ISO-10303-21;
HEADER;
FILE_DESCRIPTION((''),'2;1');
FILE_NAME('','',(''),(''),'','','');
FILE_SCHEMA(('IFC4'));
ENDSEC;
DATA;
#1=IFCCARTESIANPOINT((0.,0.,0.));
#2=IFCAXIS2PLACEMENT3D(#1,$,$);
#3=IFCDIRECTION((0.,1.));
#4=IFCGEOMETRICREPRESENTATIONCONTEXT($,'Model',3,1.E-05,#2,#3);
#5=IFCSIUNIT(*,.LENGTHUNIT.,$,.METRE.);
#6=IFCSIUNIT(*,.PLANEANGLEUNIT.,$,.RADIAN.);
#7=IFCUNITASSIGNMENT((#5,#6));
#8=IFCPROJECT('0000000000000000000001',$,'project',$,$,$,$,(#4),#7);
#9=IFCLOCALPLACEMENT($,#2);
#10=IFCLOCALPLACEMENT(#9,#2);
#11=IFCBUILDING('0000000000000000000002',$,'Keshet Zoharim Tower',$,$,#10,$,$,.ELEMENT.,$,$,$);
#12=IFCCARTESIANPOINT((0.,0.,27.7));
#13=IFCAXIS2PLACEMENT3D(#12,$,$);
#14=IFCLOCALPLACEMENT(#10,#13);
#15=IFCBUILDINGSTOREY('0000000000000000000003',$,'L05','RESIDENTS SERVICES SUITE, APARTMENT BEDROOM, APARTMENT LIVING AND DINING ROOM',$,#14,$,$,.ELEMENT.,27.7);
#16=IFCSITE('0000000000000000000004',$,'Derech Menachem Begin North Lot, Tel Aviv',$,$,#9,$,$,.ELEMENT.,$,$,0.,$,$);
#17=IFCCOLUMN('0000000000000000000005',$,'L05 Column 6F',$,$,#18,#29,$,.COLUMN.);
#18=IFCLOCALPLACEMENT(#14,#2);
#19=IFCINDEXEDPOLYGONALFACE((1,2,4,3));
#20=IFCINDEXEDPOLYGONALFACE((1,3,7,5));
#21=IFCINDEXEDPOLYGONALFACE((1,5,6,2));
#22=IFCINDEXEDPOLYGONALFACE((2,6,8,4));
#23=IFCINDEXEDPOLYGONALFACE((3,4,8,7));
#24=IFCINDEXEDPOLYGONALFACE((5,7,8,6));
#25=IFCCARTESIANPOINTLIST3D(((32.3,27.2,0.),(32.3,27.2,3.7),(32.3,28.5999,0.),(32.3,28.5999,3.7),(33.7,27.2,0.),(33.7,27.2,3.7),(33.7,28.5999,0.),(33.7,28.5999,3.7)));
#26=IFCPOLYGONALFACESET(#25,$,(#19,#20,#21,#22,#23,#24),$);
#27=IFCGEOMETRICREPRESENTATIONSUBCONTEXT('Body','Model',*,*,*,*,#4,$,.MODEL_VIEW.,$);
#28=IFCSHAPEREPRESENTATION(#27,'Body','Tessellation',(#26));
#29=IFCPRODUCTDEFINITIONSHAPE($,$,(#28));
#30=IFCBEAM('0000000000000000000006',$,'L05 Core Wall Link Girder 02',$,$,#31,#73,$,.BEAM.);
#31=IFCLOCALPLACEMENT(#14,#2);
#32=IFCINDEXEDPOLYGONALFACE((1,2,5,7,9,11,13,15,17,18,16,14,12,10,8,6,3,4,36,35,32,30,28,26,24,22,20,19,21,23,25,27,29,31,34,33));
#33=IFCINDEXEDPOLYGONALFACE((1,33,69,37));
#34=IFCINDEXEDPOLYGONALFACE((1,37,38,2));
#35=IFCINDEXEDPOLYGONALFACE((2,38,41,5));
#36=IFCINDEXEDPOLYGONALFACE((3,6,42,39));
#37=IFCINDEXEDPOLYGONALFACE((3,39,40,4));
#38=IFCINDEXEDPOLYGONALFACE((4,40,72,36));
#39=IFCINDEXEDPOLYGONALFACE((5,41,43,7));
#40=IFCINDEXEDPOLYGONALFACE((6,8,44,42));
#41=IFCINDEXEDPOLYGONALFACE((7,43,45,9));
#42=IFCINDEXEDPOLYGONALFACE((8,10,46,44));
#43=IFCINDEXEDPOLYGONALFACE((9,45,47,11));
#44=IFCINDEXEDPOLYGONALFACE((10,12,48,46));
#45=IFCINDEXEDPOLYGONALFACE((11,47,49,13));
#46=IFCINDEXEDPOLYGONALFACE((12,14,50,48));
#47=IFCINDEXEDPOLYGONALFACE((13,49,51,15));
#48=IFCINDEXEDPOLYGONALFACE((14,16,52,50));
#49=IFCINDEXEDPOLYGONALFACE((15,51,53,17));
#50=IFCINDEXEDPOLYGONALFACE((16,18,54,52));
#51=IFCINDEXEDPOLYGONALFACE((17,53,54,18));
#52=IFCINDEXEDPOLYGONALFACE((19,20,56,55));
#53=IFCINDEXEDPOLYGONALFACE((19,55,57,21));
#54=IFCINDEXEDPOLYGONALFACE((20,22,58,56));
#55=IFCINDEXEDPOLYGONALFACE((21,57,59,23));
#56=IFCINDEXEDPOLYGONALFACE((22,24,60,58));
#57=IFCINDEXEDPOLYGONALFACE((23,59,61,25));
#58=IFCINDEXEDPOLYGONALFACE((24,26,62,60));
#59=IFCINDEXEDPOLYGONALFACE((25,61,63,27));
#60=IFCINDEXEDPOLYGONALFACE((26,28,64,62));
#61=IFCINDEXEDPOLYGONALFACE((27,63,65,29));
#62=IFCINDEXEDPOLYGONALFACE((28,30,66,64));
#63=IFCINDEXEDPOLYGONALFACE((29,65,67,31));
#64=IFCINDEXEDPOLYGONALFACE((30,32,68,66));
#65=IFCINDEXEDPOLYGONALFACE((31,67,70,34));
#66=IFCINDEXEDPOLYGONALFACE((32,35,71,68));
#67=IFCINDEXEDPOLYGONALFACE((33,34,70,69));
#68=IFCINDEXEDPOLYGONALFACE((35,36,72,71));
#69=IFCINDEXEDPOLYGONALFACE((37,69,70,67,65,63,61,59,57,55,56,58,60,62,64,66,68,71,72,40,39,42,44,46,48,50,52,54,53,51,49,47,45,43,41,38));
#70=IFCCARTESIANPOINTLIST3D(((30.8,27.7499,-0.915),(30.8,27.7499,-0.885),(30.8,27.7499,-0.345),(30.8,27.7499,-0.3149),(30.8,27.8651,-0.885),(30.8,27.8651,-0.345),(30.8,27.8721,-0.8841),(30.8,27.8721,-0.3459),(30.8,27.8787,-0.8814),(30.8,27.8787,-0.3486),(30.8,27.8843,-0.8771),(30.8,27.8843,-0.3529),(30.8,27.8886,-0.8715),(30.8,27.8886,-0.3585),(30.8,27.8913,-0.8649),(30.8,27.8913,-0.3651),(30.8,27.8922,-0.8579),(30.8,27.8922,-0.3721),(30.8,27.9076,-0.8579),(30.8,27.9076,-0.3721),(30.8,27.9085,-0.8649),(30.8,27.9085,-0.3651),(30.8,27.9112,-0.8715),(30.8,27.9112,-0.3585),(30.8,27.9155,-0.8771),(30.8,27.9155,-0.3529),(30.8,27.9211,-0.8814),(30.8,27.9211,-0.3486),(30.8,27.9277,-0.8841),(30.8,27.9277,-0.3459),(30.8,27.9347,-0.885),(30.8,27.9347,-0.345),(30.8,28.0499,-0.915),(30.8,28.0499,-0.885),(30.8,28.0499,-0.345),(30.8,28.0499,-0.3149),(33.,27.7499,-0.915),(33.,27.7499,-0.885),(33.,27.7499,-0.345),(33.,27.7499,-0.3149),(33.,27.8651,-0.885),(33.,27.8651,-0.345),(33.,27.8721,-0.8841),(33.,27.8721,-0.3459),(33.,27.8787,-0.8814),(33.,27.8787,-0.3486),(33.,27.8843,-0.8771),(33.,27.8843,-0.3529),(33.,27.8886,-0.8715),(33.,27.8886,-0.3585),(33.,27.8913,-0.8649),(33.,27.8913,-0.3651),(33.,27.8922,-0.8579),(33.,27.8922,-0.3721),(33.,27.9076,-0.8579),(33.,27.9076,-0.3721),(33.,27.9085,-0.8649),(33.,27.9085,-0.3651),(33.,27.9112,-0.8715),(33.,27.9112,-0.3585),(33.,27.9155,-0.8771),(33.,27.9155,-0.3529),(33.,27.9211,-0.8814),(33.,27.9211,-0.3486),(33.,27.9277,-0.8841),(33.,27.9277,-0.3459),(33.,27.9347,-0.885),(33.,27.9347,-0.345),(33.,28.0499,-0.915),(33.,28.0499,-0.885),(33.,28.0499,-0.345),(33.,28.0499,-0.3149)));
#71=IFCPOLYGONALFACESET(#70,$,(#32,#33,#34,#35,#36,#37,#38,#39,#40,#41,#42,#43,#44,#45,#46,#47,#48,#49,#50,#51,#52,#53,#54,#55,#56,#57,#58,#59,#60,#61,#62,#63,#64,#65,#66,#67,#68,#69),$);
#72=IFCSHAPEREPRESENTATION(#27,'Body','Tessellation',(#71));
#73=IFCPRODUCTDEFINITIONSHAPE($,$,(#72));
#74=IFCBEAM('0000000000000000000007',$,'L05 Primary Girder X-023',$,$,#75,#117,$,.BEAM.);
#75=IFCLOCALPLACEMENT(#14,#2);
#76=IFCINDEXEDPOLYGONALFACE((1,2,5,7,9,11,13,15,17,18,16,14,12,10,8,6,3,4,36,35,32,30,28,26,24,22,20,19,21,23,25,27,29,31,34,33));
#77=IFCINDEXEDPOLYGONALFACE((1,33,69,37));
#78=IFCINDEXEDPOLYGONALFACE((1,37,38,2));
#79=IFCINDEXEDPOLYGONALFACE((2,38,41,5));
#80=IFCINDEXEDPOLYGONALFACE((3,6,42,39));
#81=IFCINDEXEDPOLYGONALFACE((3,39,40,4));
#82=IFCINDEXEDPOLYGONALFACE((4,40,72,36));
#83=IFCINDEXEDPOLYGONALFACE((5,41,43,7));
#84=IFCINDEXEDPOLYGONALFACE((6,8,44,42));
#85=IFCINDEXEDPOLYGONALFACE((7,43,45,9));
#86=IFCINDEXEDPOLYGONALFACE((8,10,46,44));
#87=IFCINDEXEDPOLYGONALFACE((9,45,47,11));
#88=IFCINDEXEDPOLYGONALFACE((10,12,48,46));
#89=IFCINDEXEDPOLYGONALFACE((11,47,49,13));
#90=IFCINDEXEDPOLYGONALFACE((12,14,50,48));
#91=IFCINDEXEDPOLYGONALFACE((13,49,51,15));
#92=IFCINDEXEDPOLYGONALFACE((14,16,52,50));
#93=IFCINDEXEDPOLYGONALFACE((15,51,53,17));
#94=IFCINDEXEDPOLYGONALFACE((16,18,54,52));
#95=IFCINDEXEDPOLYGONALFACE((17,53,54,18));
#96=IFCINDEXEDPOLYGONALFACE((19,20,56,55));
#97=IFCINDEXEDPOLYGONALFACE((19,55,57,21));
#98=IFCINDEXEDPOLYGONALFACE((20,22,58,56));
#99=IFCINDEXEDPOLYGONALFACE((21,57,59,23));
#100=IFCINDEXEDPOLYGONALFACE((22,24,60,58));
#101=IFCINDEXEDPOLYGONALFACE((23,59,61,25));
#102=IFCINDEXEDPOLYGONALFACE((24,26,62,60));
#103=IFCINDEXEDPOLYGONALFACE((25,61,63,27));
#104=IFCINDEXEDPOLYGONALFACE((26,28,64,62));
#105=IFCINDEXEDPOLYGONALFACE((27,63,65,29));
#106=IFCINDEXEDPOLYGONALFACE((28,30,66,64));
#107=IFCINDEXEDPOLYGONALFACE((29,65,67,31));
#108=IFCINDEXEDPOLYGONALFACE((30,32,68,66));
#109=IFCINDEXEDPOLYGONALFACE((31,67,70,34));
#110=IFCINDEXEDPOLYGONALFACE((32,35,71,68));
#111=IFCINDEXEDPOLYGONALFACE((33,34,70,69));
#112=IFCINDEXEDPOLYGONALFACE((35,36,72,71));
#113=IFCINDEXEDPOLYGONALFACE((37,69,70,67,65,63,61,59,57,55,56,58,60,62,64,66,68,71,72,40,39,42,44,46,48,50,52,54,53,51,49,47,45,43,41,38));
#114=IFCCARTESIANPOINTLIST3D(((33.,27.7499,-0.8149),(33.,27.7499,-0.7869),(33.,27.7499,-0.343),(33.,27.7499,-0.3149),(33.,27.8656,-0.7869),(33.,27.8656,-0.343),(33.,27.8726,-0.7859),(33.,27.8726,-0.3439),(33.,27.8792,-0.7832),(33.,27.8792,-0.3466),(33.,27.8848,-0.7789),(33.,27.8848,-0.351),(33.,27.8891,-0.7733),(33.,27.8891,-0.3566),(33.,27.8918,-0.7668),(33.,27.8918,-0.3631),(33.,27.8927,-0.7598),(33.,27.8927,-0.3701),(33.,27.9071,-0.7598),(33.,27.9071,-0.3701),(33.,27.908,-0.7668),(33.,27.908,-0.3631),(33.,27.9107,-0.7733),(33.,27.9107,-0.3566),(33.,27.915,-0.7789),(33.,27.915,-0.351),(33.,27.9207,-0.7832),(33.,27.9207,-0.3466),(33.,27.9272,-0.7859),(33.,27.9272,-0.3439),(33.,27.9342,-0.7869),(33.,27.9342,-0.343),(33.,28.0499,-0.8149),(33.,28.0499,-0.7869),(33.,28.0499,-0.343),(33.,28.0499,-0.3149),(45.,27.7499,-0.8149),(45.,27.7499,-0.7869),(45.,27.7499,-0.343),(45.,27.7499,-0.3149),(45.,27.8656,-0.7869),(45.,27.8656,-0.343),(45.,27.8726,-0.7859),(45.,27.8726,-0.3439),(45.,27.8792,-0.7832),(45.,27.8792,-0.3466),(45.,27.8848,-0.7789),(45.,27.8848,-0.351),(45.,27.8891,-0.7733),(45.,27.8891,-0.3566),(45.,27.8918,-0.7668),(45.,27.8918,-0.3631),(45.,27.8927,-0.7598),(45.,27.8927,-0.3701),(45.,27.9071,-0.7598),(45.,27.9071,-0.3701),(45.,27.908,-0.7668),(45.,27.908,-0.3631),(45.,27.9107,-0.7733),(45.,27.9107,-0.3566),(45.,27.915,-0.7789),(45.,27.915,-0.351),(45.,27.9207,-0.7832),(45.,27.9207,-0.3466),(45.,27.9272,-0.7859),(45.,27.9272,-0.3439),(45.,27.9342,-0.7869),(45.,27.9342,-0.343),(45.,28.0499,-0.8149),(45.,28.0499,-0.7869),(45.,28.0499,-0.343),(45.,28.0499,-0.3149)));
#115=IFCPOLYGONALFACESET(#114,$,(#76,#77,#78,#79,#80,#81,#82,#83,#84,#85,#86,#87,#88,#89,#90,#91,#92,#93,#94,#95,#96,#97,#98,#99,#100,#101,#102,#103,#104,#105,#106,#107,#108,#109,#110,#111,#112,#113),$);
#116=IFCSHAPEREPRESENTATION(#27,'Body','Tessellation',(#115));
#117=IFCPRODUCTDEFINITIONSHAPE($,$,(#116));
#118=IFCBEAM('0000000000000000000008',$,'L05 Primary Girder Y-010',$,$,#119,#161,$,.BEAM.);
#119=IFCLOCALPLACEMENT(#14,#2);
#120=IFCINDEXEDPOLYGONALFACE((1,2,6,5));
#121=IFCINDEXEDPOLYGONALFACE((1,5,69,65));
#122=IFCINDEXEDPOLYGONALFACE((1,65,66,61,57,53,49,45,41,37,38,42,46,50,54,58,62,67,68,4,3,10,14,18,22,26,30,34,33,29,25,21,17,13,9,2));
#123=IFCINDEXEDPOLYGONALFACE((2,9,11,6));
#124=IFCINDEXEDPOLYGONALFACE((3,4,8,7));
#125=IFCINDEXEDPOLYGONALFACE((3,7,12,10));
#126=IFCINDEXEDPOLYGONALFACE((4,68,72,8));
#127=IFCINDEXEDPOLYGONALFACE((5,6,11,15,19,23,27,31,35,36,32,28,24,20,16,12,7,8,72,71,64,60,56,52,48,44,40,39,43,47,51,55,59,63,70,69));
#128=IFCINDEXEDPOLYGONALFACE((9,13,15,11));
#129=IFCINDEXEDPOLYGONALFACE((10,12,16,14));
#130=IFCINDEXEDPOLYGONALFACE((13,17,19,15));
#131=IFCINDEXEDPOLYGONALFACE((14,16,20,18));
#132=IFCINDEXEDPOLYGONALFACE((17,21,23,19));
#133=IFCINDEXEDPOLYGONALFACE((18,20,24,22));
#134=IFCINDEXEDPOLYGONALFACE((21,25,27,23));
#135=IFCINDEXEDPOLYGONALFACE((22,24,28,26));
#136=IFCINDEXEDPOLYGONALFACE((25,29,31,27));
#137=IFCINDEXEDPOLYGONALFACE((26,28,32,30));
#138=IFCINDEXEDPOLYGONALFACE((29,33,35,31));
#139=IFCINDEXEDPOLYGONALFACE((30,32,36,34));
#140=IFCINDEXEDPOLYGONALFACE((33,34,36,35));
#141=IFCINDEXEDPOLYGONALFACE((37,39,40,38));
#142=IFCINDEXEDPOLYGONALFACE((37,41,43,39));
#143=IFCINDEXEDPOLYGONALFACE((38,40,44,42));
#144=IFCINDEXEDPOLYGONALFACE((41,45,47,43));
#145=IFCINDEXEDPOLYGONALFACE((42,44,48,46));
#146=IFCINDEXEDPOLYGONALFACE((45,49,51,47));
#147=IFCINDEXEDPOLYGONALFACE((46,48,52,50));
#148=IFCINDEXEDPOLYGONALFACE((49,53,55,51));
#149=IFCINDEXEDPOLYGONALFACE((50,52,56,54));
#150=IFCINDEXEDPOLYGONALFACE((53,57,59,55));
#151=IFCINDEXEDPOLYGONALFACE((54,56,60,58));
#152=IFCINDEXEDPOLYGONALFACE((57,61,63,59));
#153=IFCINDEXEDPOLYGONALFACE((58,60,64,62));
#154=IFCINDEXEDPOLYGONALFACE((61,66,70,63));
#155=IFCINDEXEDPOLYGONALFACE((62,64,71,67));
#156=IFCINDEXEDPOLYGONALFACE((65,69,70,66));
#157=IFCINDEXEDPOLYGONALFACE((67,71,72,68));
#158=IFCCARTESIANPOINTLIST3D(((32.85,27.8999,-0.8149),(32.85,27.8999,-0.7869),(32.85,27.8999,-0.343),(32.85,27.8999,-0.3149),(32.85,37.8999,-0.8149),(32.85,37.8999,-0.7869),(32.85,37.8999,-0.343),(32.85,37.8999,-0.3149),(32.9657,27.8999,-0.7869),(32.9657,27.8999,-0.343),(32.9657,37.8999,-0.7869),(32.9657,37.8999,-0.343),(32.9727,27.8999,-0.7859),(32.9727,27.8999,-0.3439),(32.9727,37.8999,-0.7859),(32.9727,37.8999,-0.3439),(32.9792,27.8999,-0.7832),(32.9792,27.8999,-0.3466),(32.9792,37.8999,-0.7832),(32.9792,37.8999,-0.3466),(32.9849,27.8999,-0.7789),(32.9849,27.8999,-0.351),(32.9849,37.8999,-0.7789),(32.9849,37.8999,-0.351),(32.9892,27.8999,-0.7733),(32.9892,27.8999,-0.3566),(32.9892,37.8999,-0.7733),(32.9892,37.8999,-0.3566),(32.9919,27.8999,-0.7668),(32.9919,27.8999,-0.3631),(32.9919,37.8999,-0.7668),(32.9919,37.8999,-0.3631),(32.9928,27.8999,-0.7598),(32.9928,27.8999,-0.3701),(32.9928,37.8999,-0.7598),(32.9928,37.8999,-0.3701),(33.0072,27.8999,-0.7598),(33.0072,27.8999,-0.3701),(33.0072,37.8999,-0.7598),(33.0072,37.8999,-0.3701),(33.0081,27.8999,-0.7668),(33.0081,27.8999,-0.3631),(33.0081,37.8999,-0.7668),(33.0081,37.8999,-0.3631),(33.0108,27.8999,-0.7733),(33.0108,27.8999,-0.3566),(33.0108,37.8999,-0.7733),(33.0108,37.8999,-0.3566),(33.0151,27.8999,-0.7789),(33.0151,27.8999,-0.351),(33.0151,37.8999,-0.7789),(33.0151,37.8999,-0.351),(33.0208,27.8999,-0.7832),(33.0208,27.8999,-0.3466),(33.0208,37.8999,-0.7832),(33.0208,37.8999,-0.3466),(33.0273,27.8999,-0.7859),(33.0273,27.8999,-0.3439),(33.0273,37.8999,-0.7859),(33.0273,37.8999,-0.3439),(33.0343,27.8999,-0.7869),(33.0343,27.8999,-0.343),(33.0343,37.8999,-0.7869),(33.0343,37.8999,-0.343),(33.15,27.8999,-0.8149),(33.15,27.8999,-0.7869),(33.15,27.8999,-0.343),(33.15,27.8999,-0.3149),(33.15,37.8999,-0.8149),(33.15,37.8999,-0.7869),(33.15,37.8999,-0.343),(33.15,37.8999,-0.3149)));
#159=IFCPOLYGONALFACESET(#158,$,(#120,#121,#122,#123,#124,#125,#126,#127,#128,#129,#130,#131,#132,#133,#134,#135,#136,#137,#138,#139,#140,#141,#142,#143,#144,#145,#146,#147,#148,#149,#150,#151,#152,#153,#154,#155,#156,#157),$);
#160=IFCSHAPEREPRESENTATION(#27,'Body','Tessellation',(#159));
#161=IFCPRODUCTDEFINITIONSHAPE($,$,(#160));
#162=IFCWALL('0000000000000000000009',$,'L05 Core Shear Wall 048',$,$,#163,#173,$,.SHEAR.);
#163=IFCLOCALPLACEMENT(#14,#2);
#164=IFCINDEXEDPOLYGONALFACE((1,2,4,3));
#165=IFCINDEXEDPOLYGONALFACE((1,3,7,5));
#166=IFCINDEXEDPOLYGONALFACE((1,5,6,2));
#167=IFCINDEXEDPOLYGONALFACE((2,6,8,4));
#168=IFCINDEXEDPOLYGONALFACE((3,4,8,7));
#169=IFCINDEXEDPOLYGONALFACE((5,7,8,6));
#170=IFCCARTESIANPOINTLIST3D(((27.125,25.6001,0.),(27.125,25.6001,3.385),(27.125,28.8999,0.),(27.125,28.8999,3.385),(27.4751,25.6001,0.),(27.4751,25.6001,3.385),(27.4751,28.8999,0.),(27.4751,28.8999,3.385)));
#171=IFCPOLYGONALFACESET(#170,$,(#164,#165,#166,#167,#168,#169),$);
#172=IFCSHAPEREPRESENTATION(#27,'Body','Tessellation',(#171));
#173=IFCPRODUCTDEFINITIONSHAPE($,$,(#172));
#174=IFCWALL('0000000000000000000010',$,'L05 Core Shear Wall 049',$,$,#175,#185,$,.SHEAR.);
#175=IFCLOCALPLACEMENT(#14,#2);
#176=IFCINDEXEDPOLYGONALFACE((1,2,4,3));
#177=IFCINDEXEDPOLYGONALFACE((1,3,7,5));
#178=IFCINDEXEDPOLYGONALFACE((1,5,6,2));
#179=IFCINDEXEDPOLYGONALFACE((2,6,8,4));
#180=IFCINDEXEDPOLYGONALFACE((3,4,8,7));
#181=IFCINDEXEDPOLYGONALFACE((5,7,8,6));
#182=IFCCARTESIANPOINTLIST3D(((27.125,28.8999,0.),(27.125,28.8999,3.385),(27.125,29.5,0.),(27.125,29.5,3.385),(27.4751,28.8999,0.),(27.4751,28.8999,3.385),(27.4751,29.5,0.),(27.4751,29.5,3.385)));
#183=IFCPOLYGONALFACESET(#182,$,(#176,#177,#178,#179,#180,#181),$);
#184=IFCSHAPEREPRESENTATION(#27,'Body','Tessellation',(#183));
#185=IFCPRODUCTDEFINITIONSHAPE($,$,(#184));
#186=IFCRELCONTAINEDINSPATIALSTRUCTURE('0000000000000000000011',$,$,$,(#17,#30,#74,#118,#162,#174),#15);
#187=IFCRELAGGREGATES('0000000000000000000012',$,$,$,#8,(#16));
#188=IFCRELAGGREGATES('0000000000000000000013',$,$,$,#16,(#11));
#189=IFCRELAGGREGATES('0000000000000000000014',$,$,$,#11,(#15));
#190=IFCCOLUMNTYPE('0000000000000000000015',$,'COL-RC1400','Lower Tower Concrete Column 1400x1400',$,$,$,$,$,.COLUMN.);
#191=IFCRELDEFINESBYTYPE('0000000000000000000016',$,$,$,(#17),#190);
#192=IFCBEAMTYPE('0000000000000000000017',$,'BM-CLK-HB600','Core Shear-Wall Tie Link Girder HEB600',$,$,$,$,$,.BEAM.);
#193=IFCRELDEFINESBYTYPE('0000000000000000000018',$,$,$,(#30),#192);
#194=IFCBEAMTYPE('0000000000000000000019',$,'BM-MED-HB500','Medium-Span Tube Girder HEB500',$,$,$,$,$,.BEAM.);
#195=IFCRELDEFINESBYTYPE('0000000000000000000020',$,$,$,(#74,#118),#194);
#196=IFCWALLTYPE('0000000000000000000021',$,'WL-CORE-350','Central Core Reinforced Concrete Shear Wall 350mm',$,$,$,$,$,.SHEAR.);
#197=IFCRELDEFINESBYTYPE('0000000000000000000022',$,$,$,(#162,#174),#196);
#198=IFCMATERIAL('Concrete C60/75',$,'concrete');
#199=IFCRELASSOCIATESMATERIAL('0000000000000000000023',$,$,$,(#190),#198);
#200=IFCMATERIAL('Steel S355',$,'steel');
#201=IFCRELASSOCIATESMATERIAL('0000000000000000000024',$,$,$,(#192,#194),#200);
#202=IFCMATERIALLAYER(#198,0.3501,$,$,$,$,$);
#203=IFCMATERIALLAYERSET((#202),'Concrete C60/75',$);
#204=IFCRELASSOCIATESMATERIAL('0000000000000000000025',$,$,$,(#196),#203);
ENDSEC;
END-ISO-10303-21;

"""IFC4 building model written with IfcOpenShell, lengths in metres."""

from ifc_helpers import new_model, si_unit, direction, frame, frame_2d, origin, origin_2d, place, context, subcontext, project, spatial, rectangle, i_section, extrude, material, layer, layer_set, material_profile, profile_set, type_object, element, save


model = new_model("IFC4")

# Units and contexts
model_context = context("Model", 3, precision=1e-05, world=origin(), true_north=direction((0.0, 1.0)))
body_context = subcontext(model_context, "Body", "Model", "MODEL_VIEW")
ifc_project = project(units=[si_unit("LENGTHUNIT", "METRE"), si_unit("PLANEANGLEUNIT", "RADIAN")], contexts=[model_context])

# Site, building, storey
site_placement = place(None, origin())
site = spatial("IfcSite", under=ifc_project, at=site_placement, Name="Derech Menachem Begin North Lot, Tel Aviv", CompositionType="ELEMENT", RefElevation=0.0)
building_placement = place(site_placement, origin())
building = spatial("IfcBuilding", under=site, at=building_placement, Name="Keshet Zoharim Tower", CompositionType="ELEMENT")
storey_placement = place(building_placement, frame((0.0, 0.0, 27.7)))
storey = spatial("IfcBuildingStorey", under=building, at=storey_placement, Name="L05", Description="RESIDENTS SERVICES SUITE, APARTMENT BEDROOM, APARTMENT LIVING AND DINING ROOM", CompositionType="ELEMENT", Elevation=27.7)

# Column
ifc_material_1 = material(Name="Concrete C60/75", Category="concrete")
ifc_material_profile_1 = material_profile(ifc_material_1, rectangle(XDim=1.3999, YDim=1.3999, at=origin_2d()), Name="RC1400x1400")
ifc_profile_set_1 = profile_set([ifc_material_profile_1], Name="Concrete C60/75")
column_type = type_object("IfcColumnType", Name="COL-RC1400", Description="Lower Tower Concrete Column 1400x1400", PredefinedType="COLUMN", material=ifc_profile_set_1)
column_placement = place(storey_placement, frame((33.0, 27.8999, 0.0), z_axis=(0.0, 0.0, 1.0), x_axis=(1.0, 0.0, 0.0)))
element("IfcColumn", 1, at=column_placement, inside=storey, type_object=column_type, Name="L05 Column 6F", PredefinedType="COLUMN", context=body_context, shape_type="SweptSolid", body=[
    extrude(rectangle(XDim=1.3999, YDim=1.3999, at=origin_2d()), origin(), (0.0, 0.0, 1.0), 3.7),
])

# Beams
ifc_material_2 = material(Name="Steel S355", Category="steel")
ifc_material_profile_2 = material_profile(ifc_material_2, i_section(OverallWidth=0.3, OverallDepth=0.6001, WebThickness=0.0154, FlangeThickness=0.03, FilletRadius=0.0271, at=origin_2d()), Name="HEB600")
ifc_profile_set_2 = profile_set([ifc_material_profile_2], Name="Steel S355")
beam_type_1 = type_object("IfcBeamType", Name="BM-CLK-HB600", Description="Core Shear-Wall Tie Link Girder HEB600", PredefinedType="BEAM", material=ifc_profile_set_2)
beam_1_placement = place(storey_placement, frame((30.8, 27.8999, -0.615), z_axis=(1.0, 0.0, 0.0), x_axis=(0.0, 1.0, 0.0)))
element("IfcBeam", 2, at=beam_1_placement, inside=storey, type_object=beam_type_1, Name="L05 Core Wall Link Girder 02", PredefinedType="BEAM", context=body_context, shape_type="SweptSolid", body=[
    extrude(i_section(OverallWidth=0.3, OverallDepth=0.6001, WebThickness=0.0154, FlangeThickness=0.03, FilletRadius=0.0271, at=origin_2d()), origin(), (0.0, 0.0, 1.0), 2.2),
])
ifc_material_profile_3 = material_profile(ifc_material_2, i_section(OverallWidth=0.3, OverallDepth=0.5, WebThickness=0.0144, FlangeThickness=0.0281, FilletRadius=0.0271, at=origin_2d()), Name="HEB500")
ifc_profile_set_3 = profile_set([ifc_material_profile_3], Name="Steel S355")
beam_type_2 = type_object("IfcBeamType", Name="BM-MED-HB500", Description="Medium-Span Tube Girder HEB500", PredefinedType="BEAM", material=ifc_profile_set_3)
beam_2_placement = place(storey_placement, frame((33.0, 27.8999, -0.5649), z_axis=(1.0, 0.0, 0.0), x_axis=(0.0, 1.0, 0.0)))
element("IfcBeam", 3, at=beam_2_placement, inside=storey, type_object=beam_type_2, Name="L05 Primary Girder X-023", PredefinedType="BEAM", context=body_context, shape_type="SweptSolid", body=[
    extrude(i_section(OverallWidth=0.3, OverallDepth=0.5, WebThickness=0.0144, FlangeThickness=0.0281, FilletRadius=0.0271, at=origin_2d()), origin(), (0.0, 0.0, 1.0), 12.0),
])
beam_3_placement = place(storey_placement, frame((33.0, 27.8999, -0.5649), z_axis=(0.0, 1.0, 0.0), x_axis=(-1.0, 0.0, 0.0)))
element("IfcBeam", 4, at=beam_3_placement, inside=storey, type_object=beam_type_2, Name="L05 Primary Girder Y-010", PredefinedType="BEAM", context=body_context, shape_type="SweptSolid", body=[
    extrude(i_section(OverallWidth=0.3, OverallDepth=0.5, WebThickness=0.0144, FlangeThickness=0.0281, FilletRadius=0.0271, at=origin_2d()), origin(), (0.0, 0.0, 1.0), 10.0),
])

# Walls
ifc_layer_1 = layer(ifc_material_1, 0.3501)
ifc_layer_set_1 = layer_set([ifc_layer_1], Name="Concrete C60/75")
wall_type_1 = type_object("IfcWallType", Name="WL-CORE-350", Description="Central Core Reinforced Concrete Shear Wall 350mm", PredefinedType="SHEAR", material=ifc_layer_set_1)
wall_1_placement = place(storey_placement, frame((27.3, 25.6001, 0.0), z_axis=(0.0, 0.0, 1.0), x_axis=(0.0, 1.0, 0.0)))
element("IfcWall", 5, at=wall_1_placement, inside=storey, type_object=wall_type_1, Name="L05 Core Shear Wall 048", PredefinedType="SHEAR", context=body_context, shape_type="SweptSolid", body=[
    extrude(rectangle(XDim=3.2998, YDim=0.3501, at=frame_2d((1.6499, 0.0))), origin(), (0.0, 0.0, 1.0), 3.385),
])
wall_2_placement = place(storey_placement, frame((27.3, 28.8999, 0.0), z_axis=(0.0, 0.0, 1.0), x_axis=(0.0, 1.0, 0.0)))
element("IfcWall", 6, at=wall_2_placement, inside=storey, type_object=wall_type_1, Name="L05 Core Shear Wall 049", PredefinedType="SHEAR", context=body_context, shape_type="SweptSolid", body=[
    extrude(rectangle(XDim=0.6001, YDim=0.3501, at=frame_2d((0.3, 0.0))), origin(), (0.0, 0.0, 1.0), 3.385),
])

save(model, "model.ifc")
